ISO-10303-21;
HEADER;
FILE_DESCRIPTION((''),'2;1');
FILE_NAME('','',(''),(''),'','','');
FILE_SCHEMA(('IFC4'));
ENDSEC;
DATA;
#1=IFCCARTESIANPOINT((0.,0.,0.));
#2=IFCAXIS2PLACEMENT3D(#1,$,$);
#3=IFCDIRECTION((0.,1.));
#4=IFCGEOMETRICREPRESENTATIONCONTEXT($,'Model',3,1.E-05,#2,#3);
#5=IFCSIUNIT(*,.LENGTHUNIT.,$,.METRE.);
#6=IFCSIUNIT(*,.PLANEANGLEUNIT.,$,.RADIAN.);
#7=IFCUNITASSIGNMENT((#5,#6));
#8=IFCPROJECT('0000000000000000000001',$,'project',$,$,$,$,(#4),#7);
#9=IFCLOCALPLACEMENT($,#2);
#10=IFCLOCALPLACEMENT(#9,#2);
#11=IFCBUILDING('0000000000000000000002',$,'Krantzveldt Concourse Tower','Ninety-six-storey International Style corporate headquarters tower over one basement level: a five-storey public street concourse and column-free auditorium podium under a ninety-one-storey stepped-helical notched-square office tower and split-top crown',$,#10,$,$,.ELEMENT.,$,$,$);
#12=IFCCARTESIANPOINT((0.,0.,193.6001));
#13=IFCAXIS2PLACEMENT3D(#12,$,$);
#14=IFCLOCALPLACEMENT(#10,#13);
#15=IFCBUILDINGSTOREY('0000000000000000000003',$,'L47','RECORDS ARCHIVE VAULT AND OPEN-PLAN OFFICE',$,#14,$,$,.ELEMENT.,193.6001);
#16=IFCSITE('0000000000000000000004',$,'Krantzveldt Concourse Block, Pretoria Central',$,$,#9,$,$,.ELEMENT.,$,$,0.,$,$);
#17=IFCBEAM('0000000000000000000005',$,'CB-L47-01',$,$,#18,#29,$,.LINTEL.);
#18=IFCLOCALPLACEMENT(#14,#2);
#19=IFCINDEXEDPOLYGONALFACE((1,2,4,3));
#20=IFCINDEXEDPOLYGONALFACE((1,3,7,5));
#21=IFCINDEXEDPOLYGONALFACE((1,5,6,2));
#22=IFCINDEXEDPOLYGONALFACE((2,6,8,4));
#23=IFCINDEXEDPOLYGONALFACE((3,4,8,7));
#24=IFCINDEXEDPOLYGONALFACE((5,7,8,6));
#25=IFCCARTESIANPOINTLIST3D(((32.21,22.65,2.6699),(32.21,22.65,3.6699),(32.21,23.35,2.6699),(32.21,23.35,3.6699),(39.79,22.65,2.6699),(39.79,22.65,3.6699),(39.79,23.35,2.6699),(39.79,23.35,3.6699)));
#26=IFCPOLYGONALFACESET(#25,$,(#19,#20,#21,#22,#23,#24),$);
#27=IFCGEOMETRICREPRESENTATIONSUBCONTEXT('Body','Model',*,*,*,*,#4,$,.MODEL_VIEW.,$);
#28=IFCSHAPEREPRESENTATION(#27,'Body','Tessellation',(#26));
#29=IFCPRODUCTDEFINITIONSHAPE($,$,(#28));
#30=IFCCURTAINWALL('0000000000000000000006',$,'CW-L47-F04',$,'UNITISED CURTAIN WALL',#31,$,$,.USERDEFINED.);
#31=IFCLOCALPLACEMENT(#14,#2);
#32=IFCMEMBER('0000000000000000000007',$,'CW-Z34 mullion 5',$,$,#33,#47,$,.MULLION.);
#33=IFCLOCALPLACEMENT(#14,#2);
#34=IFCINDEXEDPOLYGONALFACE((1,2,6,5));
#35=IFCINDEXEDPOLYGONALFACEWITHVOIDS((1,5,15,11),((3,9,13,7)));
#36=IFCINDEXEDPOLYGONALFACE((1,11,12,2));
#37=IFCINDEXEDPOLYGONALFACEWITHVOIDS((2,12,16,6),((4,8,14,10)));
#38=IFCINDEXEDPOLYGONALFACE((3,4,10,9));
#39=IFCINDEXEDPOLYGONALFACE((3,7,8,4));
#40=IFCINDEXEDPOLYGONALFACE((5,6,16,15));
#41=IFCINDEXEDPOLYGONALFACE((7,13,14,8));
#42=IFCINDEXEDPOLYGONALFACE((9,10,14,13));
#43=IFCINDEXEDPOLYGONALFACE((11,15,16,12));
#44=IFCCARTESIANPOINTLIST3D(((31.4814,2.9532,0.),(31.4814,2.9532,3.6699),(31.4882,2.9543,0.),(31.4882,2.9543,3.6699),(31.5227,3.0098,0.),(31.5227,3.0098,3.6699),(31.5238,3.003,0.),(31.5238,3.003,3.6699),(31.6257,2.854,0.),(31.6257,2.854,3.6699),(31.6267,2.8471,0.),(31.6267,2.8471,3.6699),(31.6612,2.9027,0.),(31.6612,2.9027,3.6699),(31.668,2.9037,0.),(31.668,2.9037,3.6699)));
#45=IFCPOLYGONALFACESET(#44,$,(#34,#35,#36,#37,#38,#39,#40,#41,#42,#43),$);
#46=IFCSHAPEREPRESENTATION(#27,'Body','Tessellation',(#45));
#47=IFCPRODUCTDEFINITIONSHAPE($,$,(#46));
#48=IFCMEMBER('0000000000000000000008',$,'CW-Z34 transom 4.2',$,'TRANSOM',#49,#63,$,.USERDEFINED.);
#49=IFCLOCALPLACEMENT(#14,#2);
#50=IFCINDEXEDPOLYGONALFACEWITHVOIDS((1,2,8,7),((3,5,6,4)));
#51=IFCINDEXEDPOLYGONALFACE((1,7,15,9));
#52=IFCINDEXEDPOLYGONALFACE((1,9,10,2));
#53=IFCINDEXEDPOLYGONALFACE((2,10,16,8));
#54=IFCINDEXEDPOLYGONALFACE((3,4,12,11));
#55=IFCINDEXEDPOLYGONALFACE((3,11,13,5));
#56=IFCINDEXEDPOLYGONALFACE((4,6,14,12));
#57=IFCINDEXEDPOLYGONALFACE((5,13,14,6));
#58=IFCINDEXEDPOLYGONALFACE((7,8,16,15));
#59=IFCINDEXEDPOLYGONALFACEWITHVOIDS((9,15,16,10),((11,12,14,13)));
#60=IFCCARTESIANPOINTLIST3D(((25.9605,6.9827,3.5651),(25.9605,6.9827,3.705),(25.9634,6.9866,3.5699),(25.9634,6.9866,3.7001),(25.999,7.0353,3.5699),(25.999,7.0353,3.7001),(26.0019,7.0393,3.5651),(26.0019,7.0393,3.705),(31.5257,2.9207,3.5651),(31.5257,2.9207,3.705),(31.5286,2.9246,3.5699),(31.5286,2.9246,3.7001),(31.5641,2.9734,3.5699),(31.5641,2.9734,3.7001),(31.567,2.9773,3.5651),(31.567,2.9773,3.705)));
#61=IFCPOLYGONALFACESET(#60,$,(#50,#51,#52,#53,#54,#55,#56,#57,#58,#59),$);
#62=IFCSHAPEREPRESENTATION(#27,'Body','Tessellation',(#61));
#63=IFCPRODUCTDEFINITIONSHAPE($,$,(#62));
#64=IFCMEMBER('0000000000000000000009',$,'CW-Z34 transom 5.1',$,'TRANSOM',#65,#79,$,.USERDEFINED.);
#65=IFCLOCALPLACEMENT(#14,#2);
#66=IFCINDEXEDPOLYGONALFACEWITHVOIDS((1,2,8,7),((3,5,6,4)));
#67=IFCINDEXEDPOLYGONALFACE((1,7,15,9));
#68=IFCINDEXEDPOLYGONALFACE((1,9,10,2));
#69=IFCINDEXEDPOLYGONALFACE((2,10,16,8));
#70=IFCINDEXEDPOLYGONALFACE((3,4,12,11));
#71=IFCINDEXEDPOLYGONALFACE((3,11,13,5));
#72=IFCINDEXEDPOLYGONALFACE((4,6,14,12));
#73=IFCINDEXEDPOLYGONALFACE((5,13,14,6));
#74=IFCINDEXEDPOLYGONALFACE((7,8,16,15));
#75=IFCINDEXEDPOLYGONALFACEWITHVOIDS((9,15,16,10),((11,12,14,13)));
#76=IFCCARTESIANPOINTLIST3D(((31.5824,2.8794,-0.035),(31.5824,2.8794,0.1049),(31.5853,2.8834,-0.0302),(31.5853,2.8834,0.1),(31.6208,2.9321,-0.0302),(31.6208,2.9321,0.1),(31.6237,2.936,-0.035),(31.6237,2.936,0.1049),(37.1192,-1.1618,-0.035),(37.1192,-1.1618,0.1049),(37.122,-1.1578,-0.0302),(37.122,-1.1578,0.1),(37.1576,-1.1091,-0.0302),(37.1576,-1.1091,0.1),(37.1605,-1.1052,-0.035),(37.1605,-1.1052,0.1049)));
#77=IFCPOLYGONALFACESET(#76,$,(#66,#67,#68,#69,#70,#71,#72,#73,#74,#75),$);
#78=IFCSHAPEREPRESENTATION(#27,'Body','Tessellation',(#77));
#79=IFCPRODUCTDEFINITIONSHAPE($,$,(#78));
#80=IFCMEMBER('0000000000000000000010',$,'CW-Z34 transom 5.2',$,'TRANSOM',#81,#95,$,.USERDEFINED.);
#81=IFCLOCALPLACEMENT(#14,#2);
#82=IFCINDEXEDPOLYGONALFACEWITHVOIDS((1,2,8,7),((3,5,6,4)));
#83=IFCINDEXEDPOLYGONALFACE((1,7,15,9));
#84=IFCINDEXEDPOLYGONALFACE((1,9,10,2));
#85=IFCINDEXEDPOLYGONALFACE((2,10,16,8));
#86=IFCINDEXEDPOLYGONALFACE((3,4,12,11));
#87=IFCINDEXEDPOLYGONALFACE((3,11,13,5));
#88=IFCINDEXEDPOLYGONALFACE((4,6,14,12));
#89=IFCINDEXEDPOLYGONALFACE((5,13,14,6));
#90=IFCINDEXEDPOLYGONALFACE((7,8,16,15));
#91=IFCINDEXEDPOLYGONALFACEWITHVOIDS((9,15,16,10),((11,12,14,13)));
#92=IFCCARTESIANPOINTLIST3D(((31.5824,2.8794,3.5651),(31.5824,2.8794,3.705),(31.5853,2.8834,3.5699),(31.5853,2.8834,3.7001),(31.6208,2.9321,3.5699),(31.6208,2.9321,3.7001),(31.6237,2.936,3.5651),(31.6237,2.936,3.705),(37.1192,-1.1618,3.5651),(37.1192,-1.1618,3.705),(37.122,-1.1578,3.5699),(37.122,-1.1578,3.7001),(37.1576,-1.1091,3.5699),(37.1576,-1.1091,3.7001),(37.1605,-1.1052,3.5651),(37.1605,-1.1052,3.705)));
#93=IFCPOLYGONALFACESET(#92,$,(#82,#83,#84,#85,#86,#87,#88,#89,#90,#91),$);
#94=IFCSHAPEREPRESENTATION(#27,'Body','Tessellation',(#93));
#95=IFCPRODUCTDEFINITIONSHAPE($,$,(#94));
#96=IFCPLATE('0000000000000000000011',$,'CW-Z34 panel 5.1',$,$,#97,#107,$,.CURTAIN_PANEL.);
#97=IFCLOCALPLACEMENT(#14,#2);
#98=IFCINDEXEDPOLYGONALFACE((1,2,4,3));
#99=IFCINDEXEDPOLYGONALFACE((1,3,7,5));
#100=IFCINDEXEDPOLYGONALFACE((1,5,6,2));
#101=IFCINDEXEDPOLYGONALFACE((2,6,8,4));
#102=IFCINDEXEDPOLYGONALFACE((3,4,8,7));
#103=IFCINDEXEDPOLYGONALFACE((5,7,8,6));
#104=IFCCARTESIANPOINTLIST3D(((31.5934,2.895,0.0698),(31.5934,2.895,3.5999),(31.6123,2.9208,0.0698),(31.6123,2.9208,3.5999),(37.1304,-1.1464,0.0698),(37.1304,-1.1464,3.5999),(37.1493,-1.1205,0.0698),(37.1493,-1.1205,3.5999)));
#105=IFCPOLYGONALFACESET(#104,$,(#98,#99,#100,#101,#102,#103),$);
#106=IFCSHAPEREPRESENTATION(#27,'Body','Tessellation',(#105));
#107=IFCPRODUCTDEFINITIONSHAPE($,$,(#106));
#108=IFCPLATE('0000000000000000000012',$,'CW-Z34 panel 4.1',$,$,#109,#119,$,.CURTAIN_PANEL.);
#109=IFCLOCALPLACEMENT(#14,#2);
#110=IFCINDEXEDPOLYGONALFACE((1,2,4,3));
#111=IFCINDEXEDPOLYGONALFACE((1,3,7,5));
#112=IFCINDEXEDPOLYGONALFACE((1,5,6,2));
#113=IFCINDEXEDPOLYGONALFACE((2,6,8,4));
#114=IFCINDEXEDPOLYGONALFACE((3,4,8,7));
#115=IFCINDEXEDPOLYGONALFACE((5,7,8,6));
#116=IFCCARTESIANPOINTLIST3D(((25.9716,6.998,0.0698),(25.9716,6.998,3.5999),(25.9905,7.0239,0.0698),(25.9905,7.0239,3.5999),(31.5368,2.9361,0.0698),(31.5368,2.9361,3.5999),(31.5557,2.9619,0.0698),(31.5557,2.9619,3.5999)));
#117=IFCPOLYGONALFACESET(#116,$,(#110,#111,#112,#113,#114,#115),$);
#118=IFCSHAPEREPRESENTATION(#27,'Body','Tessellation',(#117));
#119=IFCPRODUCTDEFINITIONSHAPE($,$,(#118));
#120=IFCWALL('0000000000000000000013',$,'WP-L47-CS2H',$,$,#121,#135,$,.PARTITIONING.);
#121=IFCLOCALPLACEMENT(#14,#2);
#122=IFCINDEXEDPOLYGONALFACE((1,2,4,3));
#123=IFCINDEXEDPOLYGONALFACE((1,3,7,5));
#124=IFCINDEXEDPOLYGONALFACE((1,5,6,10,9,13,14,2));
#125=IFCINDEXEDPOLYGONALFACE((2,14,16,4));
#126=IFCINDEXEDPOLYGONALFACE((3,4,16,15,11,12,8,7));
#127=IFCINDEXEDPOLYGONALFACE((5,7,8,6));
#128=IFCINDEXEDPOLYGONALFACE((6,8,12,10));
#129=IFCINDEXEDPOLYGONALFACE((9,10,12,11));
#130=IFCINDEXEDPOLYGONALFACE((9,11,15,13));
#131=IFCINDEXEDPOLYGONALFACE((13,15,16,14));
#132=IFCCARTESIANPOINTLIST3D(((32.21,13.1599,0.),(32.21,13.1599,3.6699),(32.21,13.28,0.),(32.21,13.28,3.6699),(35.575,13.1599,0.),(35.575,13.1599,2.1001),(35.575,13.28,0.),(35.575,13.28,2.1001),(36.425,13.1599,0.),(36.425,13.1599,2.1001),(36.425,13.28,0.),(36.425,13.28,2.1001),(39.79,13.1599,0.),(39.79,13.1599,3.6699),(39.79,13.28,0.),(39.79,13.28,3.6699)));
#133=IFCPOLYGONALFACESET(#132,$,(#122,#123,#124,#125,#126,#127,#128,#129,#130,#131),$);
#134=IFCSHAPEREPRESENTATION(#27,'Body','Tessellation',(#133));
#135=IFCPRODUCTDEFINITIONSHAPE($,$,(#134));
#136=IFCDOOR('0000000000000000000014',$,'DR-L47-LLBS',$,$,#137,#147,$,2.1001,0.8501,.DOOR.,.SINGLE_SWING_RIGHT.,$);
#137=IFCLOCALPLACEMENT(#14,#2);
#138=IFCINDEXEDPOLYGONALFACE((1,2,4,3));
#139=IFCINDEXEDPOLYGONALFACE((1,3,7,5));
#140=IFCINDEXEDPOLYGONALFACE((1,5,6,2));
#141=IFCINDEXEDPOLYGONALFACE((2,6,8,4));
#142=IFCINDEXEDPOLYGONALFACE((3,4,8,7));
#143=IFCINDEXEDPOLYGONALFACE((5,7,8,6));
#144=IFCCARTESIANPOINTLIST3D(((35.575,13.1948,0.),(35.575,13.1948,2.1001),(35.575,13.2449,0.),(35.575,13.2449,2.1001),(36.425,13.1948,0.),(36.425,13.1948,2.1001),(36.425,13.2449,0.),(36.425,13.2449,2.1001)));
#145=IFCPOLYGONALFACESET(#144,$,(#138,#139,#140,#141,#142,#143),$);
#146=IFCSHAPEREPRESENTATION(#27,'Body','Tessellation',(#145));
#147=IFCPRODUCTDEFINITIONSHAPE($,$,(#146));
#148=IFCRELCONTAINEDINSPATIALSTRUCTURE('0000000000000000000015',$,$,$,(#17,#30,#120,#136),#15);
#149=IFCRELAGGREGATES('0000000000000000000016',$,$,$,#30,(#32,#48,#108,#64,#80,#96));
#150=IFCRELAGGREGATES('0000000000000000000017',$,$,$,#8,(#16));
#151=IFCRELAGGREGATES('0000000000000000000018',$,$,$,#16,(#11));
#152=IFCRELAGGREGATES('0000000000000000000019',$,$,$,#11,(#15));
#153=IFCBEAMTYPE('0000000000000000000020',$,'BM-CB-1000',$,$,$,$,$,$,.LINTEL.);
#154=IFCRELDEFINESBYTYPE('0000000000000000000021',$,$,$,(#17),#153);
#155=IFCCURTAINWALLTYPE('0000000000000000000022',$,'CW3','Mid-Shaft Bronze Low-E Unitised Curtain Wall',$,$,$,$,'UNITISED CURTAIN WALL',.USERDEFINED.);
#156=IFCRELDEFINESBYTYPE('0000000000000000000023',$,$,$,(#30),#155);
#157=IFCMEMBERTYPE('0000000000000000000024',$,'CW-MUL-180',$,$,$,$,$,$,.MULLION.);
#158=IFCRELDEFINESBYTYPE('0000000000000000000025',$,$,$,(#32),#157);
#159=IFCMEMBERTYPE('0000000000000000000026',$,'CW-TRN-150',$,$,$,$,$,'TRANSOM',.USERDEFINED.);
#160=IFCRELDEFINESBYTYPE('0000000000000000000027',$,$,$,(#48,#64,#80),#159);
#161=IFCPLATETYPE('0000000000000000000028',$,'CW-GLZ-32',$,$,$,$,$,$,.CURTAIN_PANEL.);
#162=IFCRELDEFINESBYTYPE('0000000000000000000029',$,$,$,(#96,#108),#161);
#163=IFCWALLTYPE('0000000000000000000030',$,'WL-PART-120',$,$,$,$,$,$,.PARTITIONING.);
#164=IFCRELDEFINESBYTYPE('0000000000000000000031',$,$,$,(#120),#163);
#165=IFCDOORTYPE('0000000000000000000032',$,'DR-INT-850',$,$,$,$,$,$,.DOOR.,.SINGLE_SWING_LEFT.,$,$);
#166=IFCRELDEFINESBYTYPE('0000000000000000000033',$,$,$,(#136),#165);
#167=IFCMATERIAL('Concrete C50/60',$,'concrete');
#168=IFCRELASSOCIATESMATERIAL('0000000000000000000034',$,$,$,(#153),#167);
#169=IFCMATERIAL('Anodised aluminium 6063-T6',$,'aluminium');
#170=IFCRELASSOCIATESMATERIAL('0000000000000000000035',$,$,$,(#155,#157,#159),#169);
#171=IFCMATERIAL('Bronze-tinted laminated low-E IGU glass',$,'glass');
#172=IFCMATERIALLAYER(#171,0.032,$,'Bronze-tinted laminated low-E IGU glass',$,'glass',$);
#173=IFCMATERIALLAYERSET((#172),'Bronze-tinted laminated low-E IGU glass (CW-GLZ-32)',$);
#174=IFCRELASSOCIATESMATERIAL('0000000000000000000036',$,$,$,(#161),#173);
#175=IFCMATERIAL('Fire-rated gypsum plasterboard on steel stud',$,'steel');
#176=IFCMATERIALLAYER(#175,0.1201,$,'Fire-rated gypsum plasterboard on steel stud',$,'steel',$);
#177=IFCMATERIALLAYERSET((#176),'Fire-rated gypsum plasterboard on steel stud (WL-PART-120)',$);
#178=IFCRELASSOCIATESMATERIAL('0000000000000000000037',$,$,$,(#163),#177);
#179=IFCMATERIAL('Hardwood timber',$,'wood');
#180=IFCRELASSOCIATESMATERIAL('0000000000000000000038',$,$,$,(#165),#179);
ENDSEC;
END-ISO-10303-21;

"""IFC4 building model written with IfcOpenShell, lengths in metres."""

from ifc_helpers import new_model, si_unit, direction, frame, frame_2d, origin, origin_2d, place, context, subcontext, project, spatial, rectangle, hollow_rectangle, extrude, source, transform, mapped, material, layer, layer_set, material_profile, profile_set, type_object, type_shapes, element, fill, aggregate, save


model = new_model("IFC4")

# Units and contexts
model_context = context("Model", 3, precision=1e-05, world=origin(), true_north=direction((0.0, 1.0)))
body_context = subcontext(model_context, "Body", "Model", "MODEL_VIEW")
ifc_project = project(units=[si_unit("LENGTHUNIT", "METRE"), si_unit("PLANEANGLEUNIT", "RADIAN")], contexts=[model_context])

# Site, building, storey
site_placement = place(None, origin())
site = spatial("IfcSite", under=ifc_project, at=site_placement, Name="Krantzveldt Concourse Block, Pretoria Central", CompositionType="ELEMENT", RefElevation=0.0)
building_placement = place(site_placement, origin())
building = spatial("IfcBuilding", under=site, at=building_placement, Name="Krantzveldt Concourse Tower", Description="Ninety-six-storey International Style corporate headquarters tower over one basement level: a five-storey public street concourse and column-free auditorium podium under a ninety-one-storey stepped-helical notched-square office tower and split-top crown", CompositionType="ELEMENT")
storey_placement = place(building_placement, frame((0.0, 0.0, 193.6001)))
storey = spatial("IfcBuildingStorey", under=building, at=storey_placement, Name="L47", Description="RECORDS ARCHIVE VAULT AND OPEN-PLAN OFFICE", CompositionType="ELEMENT", Elevation=193.6001)

# Beam
ifc_material_1 = material(Name="Concrete C50/60", Category="concrete")
ifc_material_profile_1 = material_profile(ifc_material_1, rectangle(XDim=0.7, YDim=1.0, at=origin_2d()), Name="Concrete C50/60", Category="concrete")
ifc_profile_set_1 = profile_set([ifc_material_profile_1], Name="Concrete C50/60 - RC-CB 700x1000")
beam_type = type_object("IfcBeamType", Name="BM-CB-1000", PredefinedType="LINTEL", material=ifc_profile_set_1)
shared_shape_1 = source(origin(), body_context, "Body", "SweptSolid", [
    extrude(rectangle(XDim=0.7, YDim=1.0, at=origin_2d()), origin(), (0.0, 0.0, 1.0), 7.5801),
])
type_shapes(beam_type, [shared_shape_1])
beam_placement = place(storey_placement, frame((32.21, 23.0, 3.1699), z_axis=(1.0, 0.0, 0.0), x_axis=(0.0, 1.0, 0.0)))
element("IfcBeam", 1, at=beam_placement, inside=storey, type_object=beam_type, Name="CB-L47-01", PredefinedType="LINTEL", context=body_context, shape_type="MappedRepresentation", body=[
    mapped(shared_shape_1, transform((0.0, 0.0, 0.0), x_axis=(1.0, 0.0, 0.0), y_axis=(0.0, 1.0, 0.0), z_axis=(0.0, 0.0, 1.0), scale=1.0)),
])

# Curtain wall, members, plates
ifc_material_2 = material(Name="Anodised aluminium 6063-T6", Category="aluminium")
curtain_wall_type = type_object("IfcCurtainWallType", Name="CW3", Description="Mid-Shaft Bronze Low-E Unitised Curtain Wall", ElementType="UNITISED CURTAIN WALL", PredefinedType="USERDEFINED", material=ifc_material_2)
curtain_wall_placement = place(storey_placement, origin())
curtain_wall = element("IfcCurtainWall", 2, at=curtain_wall_placement, inside=storey, type_object=curtain_wall_type, Name="CW-L47-F04", ObjectType="UNITISED CURTAIN WALL", PredefinedType="USERDEFINED")
ifc_material_profile_2 = material_profile(ifc_material_2, hollow_rectangle(XDim=0.0701, YDim=0.1799, WallThickness=0.0049, at=origin_2d()), Name="Anodised aluminium 6063-T6", Category="aluminium")
ifc_profile_set_2 = profile_set([ifc_material_profile_2], Name="Anodised aluminium 6063-T6 - ALU-MULL 180x70x5")
member_type_1 = type_object("IfcMemberType", Name="CW-MUL-180", PredefinedType="MULLION", material=ifc_profile_set_2)
shared_shape_2 = source(origin(), body_context, "Body", "SweptSolid", [
    extrude(hollow_rectangle(XDim=0.0701, YDim=0.1799, WallThickness=0.0049, at=origin_2d()), origin(), (0.0, 0.0, 1.0), 3.6699),
])
type_shapes(member_type_1, [shared_shape_2])
member_1_placement = place(storey_placement, frame((31.5747, 2.9285, 0.0), z_axis=(0.0, 0.0, 1.0), x_axis=(0.589549, 0.807733, 0.0)))
member_1 = element("IfcMember", 3, at=member_1_placement, type_object=member_type_1, Name="CW-Z34 mullion 5", PredefinedType="MULLION", context=body_context, shape_type="MappedRepresentation", body=[
    mapped(shared_shape_2, transform((0.0, 0.0, 0.0), x_axis=(1.0, 0.0, 0.0), y_axis=(0.0, 1.0, 0.0), z_axis=(0.0, 0.0, 1.0), scale=1.0)),
])
ifc_material_profile_3 = material_profile(ifc_material_2, hollow_rectangle(XDim=0.0701, YDim=0.1399, WallThickness=0.0049, at=origin_2d()), Name="Anodised aluminium 6063-T6", Category="aluminium")
ifc_profile_set_3 = profile_set([ifc_material_profile_3], Name="Anodised aluminium 6063-T6 - ALU-TRAN 140x70x5")
member_type_2 = type_object("IfcMemberType", Name="CW-TRN-150", ElementType="TRANSOM", PredefinedType="USERDEFINED", material=ifc_profile_set_3)
shared_shape_3 = source(origin(), body_context, "Body", "SweptSolid", [
    extrude(hollow_rectangle(XDim=0.0701, YDim=0.1399, WallThickness=0.0049, at=origin_2d()), origin(), (0.0, 0.0, 1.0), 6.8899),
])
member_2_placement = place(storey_placement, frame((25.9812, 7.011, 3.635), z_axis=(0.807727, -0.589557, 0.0), x_axis=(0.589557, 0.807727, 0.0)))
member_2 = element("IfcMember", 4, at=member_2_placement, type_object=member_type_2, Name="CW-Z34 transom 4.2", ObjectType="TRANSOM", PredefinedType="USERDEFINED", context=body_context, shape_type="MappedRepresentation", body=[
    mapped(shared_shape_3, transform((0.0, 0.0, 0.0), x_axis=(1.0, 0.0, 0.0), y_axis=(0.0, 1.0, 0.0), z_axis=(0.0, 0.0, 1.0), scale=1.0)),
])
shared_shape_4 = source(origin(), body_context, "Body", "SweptSolid", [
    extrude(hollow_rectangle(XDim=0.0701, YDim=0.1399, WallThickness=0.0049, at=origin_2d()), origin(), (0.0, 0.0, 1.0), 6.8547),
])
type_shapes(member_type_2, [shared_shape_3, shared_shape_4])
member_3_placement = place(storey_placement, frame((31.603, 2.9077, 0.0349), z_axis=(0.807732, -0.589549, 0.0), x_axis=(0.589549, 0.807732, 0.0)))
member_3 = element("IfcMember", 5, at=member_3_placement, type_object=member_type_2, Name="CW-Z34 transom 5.1", ObjectType="TRANSOM", PredefinedType="USERDEFINED", context=body_context, shape_type="MappedRepresentation", body=[
    mapped(shared_shape_4, transform((0.0, 0.0, 0.0), x_axis=(1.0, 0.0, 0.0), y_axis=(0.0, 1.0, 0.0), z_axis=(0.0, 0.0, 1.0), scale=1.0)),
])
member_4_placement = place(storey_placement, frame((31.603, 2.9077, 3.635), z_axis=(0.807732, -0.589549, 0.0), x_axis=(0.589549, 0.807732, 0.0)))
member_4 = element("IfcMember", 6, at=member_4_placement, type_object=member_type_2, Name="CW-Z34 transom 5.2", ObjectType="TRANSOM", PredefinedType="USERDEFINED", context=body_context, shape_type="MappedRepresentation", body=[
    mapped(shared_shape_4, transform((0.0, 0.0, 0.0), x_axis=(1.0, 0.0, 0.0), y_axis=(0.0, 1.0, 0.0), z_axis=(0.0, 0.0, 1.0), scale=1.0)),
])
ifc_material_3 = material(Name="Bronze-tinted laminated low-E IGU glass", Category="glass")
ifc_layer_1 = layer(ifc_material_3, 0.032, Name="Bronze-tinted laminated low-E IGU glass", Category="glass")
ifc_layer_set_1 = layer_set([ifc_layer_1], Name="Bronze-tinted laminated low-E IGU glass (CW-GLZ-32)")
plate_type = type_object("IfcPlateType", Name="CW-GLZ-32", PredefinedType="CURTAIN_PANEL", material=ifc_layer_set_1)
shared_shape_5 = source(origin(), body_context, "Body", "SweptSolid", [
    extrude(rectangle(XDim=6.855, YDim=0.032, at=origin_2d()), origin(), (0.0, 0.0, 1.0), 3.53),
])
plate_1_placement = place(storey_placement, frame((34.3713, 0.8872, 0.0698), z_axis=(0.0, 0.0, 1.0), x_axis=(0.807733, -0.589549, 0.0)))
plate_1 = element("IfcPlate", 7, at=plate_1_placement, type_object=plate_type, Name="CW-Z34 panel 5.1", PredefinedType="CURTAIN_PANEL", context=body_context, shape_type="MappedRepresentation", body=[
    mapped(shared_shape_5, transform((0.0, 0.0, 0.0), x_axis=(1.0, 0.0, 0.0), y_axis=(0.0, 1.0, 0.0), z_axis=(0.0, 0.0, 1.0), scale=1.0)),
])
shared_shape_6 = source(origin(), body_context, "Body", "SweptSolid", [
    extrude(rectangle(XDim=6.8899, YDim=0.032, at=origin_2d()), origin(), (0.0, 0.0, 1.0), 3.53),
])
type_shapes(plate_type, [shared_shape_5, shared_shape_6])
plate_2_placement = place(storey_placement, frame((28.7637, 4.98, 0.0698), z_axis=(0.0, 0.0, 1.0), x_axis=(0.807733, -0.589549, 0.0)))
plate_2 = element("IfcPlate", 8, at=plate_2_placement, type_object=plate_type, Name="CW-Z34 panel 4.1", PredefinedType="CURTAIN_PANEL", context=body_context, shape_type="MappedRepresentation", body=[
    mapped(shared_shape_6, transform((0.0, 0.0, 0.0), x_axis=(1.0, 0.0, 0.0), y_axis=(0.0, 1.0, 0.0), z_axis=(0.0, 0.0, 1.0), scale=1.0)),
])
aggregate(curtain_wall, [member_1, member_2, plate_2, member_3, member_4, plate_1])

# Wall, opening, door
ifc_material_4 = material(Name="Fire-rated gypsum plasterboard on steel stud", Category="steel")
ifc_layer_2 = layer(ifc_material_4, 0.1201, Name="Fire-rated gypsum plasterboard on steel stud", Category="steel")
ifc_layer_set_2 = layer_set([ifc_layer_2], Name="Fire-rated gypsum plasterboard on steel stud (WL-PART-120)")
wall_type_1 = type_object("IfcWallType", Name="WL-PART-120", PredefinedType="PARTITIONING", material=ifc_layer_set_2)
wall_1_placement = place(storey_placement, frame((32.21, 13.22, 0.0), z_axis=(0.0, 0.0, 1.0), x_axis=(1.0, 0.0, 0.0)))
wall_1 = element("IfcWall", 9, at=wall_1_placement, inside=storey, type_object=wall_type_1, Name="WP-L47-CS2H", PredefinedType="PARTITIONING", context=body_context, shape_type="SweptSolid", body=[
    extrude(rectangle(XDim=7.5801, YDim=0.1201, at=frame_2d((3.79, 0.0))), origin(), (0.0, 0.0, 1.0), 3.6699),
])
opening_1_placement = place(wall_1_placement, frame((3.365, 0.0, 0.0)))
opening_1 = element("IfcOpeningElement", 10, at=opening_1_placement, cuts=wall_1, PredefinedType="OPENING", context=body_context, shape_type="SweptSolid", body=[
    extrude(rectangle(XDim=0.8501, YDim=2.1001, at=frame_2d((0.425, 1.05))), frame((0.0, 0.0701, 0.0), z_axis=(0.0, -1.0, 0.0), x_axis=(1.0, 0.0, 0.0)), (0.0, 0.0, 1.0), 0.1401),
])
ifc_material_5 = material(Name="Hardwood timber", Category="wood")
door_type_1 = type_object("IfcDoorType", Name="DR-INT-850", OperationType="SINGLE_SWING_LEFT", PredefinedType="DOOR", material=ifc_material_5)
door_1_placement = place(opening_1_placement, origin())
door_1 = element("IfcDoor", 11, at=door_1_placement, inside=storey, type_object=door_type_1, Name="DR-L47-LLBS", OperationType="SINGLE_SWING_RIGHT", OverallHeight=2.1001, OverallWidth=0.8501, PredefinedType="DOOR", context=body_context, shape_type="SweptSolid", body=[
    extrude(rectangle(XDim=0.8501, YDim=2.1001, at=frame_2d((0.425, 1.05))), frame((0.0, 0.0249, 0.0), z_axis=(0.0, -1.0, 0.0), x_axis=(1.0, 0.0, 0.0)), (0.0, 0.0, 1.0), 0.05),
])
fill(opening_1, door_1)

save(model, "model.ifc")
